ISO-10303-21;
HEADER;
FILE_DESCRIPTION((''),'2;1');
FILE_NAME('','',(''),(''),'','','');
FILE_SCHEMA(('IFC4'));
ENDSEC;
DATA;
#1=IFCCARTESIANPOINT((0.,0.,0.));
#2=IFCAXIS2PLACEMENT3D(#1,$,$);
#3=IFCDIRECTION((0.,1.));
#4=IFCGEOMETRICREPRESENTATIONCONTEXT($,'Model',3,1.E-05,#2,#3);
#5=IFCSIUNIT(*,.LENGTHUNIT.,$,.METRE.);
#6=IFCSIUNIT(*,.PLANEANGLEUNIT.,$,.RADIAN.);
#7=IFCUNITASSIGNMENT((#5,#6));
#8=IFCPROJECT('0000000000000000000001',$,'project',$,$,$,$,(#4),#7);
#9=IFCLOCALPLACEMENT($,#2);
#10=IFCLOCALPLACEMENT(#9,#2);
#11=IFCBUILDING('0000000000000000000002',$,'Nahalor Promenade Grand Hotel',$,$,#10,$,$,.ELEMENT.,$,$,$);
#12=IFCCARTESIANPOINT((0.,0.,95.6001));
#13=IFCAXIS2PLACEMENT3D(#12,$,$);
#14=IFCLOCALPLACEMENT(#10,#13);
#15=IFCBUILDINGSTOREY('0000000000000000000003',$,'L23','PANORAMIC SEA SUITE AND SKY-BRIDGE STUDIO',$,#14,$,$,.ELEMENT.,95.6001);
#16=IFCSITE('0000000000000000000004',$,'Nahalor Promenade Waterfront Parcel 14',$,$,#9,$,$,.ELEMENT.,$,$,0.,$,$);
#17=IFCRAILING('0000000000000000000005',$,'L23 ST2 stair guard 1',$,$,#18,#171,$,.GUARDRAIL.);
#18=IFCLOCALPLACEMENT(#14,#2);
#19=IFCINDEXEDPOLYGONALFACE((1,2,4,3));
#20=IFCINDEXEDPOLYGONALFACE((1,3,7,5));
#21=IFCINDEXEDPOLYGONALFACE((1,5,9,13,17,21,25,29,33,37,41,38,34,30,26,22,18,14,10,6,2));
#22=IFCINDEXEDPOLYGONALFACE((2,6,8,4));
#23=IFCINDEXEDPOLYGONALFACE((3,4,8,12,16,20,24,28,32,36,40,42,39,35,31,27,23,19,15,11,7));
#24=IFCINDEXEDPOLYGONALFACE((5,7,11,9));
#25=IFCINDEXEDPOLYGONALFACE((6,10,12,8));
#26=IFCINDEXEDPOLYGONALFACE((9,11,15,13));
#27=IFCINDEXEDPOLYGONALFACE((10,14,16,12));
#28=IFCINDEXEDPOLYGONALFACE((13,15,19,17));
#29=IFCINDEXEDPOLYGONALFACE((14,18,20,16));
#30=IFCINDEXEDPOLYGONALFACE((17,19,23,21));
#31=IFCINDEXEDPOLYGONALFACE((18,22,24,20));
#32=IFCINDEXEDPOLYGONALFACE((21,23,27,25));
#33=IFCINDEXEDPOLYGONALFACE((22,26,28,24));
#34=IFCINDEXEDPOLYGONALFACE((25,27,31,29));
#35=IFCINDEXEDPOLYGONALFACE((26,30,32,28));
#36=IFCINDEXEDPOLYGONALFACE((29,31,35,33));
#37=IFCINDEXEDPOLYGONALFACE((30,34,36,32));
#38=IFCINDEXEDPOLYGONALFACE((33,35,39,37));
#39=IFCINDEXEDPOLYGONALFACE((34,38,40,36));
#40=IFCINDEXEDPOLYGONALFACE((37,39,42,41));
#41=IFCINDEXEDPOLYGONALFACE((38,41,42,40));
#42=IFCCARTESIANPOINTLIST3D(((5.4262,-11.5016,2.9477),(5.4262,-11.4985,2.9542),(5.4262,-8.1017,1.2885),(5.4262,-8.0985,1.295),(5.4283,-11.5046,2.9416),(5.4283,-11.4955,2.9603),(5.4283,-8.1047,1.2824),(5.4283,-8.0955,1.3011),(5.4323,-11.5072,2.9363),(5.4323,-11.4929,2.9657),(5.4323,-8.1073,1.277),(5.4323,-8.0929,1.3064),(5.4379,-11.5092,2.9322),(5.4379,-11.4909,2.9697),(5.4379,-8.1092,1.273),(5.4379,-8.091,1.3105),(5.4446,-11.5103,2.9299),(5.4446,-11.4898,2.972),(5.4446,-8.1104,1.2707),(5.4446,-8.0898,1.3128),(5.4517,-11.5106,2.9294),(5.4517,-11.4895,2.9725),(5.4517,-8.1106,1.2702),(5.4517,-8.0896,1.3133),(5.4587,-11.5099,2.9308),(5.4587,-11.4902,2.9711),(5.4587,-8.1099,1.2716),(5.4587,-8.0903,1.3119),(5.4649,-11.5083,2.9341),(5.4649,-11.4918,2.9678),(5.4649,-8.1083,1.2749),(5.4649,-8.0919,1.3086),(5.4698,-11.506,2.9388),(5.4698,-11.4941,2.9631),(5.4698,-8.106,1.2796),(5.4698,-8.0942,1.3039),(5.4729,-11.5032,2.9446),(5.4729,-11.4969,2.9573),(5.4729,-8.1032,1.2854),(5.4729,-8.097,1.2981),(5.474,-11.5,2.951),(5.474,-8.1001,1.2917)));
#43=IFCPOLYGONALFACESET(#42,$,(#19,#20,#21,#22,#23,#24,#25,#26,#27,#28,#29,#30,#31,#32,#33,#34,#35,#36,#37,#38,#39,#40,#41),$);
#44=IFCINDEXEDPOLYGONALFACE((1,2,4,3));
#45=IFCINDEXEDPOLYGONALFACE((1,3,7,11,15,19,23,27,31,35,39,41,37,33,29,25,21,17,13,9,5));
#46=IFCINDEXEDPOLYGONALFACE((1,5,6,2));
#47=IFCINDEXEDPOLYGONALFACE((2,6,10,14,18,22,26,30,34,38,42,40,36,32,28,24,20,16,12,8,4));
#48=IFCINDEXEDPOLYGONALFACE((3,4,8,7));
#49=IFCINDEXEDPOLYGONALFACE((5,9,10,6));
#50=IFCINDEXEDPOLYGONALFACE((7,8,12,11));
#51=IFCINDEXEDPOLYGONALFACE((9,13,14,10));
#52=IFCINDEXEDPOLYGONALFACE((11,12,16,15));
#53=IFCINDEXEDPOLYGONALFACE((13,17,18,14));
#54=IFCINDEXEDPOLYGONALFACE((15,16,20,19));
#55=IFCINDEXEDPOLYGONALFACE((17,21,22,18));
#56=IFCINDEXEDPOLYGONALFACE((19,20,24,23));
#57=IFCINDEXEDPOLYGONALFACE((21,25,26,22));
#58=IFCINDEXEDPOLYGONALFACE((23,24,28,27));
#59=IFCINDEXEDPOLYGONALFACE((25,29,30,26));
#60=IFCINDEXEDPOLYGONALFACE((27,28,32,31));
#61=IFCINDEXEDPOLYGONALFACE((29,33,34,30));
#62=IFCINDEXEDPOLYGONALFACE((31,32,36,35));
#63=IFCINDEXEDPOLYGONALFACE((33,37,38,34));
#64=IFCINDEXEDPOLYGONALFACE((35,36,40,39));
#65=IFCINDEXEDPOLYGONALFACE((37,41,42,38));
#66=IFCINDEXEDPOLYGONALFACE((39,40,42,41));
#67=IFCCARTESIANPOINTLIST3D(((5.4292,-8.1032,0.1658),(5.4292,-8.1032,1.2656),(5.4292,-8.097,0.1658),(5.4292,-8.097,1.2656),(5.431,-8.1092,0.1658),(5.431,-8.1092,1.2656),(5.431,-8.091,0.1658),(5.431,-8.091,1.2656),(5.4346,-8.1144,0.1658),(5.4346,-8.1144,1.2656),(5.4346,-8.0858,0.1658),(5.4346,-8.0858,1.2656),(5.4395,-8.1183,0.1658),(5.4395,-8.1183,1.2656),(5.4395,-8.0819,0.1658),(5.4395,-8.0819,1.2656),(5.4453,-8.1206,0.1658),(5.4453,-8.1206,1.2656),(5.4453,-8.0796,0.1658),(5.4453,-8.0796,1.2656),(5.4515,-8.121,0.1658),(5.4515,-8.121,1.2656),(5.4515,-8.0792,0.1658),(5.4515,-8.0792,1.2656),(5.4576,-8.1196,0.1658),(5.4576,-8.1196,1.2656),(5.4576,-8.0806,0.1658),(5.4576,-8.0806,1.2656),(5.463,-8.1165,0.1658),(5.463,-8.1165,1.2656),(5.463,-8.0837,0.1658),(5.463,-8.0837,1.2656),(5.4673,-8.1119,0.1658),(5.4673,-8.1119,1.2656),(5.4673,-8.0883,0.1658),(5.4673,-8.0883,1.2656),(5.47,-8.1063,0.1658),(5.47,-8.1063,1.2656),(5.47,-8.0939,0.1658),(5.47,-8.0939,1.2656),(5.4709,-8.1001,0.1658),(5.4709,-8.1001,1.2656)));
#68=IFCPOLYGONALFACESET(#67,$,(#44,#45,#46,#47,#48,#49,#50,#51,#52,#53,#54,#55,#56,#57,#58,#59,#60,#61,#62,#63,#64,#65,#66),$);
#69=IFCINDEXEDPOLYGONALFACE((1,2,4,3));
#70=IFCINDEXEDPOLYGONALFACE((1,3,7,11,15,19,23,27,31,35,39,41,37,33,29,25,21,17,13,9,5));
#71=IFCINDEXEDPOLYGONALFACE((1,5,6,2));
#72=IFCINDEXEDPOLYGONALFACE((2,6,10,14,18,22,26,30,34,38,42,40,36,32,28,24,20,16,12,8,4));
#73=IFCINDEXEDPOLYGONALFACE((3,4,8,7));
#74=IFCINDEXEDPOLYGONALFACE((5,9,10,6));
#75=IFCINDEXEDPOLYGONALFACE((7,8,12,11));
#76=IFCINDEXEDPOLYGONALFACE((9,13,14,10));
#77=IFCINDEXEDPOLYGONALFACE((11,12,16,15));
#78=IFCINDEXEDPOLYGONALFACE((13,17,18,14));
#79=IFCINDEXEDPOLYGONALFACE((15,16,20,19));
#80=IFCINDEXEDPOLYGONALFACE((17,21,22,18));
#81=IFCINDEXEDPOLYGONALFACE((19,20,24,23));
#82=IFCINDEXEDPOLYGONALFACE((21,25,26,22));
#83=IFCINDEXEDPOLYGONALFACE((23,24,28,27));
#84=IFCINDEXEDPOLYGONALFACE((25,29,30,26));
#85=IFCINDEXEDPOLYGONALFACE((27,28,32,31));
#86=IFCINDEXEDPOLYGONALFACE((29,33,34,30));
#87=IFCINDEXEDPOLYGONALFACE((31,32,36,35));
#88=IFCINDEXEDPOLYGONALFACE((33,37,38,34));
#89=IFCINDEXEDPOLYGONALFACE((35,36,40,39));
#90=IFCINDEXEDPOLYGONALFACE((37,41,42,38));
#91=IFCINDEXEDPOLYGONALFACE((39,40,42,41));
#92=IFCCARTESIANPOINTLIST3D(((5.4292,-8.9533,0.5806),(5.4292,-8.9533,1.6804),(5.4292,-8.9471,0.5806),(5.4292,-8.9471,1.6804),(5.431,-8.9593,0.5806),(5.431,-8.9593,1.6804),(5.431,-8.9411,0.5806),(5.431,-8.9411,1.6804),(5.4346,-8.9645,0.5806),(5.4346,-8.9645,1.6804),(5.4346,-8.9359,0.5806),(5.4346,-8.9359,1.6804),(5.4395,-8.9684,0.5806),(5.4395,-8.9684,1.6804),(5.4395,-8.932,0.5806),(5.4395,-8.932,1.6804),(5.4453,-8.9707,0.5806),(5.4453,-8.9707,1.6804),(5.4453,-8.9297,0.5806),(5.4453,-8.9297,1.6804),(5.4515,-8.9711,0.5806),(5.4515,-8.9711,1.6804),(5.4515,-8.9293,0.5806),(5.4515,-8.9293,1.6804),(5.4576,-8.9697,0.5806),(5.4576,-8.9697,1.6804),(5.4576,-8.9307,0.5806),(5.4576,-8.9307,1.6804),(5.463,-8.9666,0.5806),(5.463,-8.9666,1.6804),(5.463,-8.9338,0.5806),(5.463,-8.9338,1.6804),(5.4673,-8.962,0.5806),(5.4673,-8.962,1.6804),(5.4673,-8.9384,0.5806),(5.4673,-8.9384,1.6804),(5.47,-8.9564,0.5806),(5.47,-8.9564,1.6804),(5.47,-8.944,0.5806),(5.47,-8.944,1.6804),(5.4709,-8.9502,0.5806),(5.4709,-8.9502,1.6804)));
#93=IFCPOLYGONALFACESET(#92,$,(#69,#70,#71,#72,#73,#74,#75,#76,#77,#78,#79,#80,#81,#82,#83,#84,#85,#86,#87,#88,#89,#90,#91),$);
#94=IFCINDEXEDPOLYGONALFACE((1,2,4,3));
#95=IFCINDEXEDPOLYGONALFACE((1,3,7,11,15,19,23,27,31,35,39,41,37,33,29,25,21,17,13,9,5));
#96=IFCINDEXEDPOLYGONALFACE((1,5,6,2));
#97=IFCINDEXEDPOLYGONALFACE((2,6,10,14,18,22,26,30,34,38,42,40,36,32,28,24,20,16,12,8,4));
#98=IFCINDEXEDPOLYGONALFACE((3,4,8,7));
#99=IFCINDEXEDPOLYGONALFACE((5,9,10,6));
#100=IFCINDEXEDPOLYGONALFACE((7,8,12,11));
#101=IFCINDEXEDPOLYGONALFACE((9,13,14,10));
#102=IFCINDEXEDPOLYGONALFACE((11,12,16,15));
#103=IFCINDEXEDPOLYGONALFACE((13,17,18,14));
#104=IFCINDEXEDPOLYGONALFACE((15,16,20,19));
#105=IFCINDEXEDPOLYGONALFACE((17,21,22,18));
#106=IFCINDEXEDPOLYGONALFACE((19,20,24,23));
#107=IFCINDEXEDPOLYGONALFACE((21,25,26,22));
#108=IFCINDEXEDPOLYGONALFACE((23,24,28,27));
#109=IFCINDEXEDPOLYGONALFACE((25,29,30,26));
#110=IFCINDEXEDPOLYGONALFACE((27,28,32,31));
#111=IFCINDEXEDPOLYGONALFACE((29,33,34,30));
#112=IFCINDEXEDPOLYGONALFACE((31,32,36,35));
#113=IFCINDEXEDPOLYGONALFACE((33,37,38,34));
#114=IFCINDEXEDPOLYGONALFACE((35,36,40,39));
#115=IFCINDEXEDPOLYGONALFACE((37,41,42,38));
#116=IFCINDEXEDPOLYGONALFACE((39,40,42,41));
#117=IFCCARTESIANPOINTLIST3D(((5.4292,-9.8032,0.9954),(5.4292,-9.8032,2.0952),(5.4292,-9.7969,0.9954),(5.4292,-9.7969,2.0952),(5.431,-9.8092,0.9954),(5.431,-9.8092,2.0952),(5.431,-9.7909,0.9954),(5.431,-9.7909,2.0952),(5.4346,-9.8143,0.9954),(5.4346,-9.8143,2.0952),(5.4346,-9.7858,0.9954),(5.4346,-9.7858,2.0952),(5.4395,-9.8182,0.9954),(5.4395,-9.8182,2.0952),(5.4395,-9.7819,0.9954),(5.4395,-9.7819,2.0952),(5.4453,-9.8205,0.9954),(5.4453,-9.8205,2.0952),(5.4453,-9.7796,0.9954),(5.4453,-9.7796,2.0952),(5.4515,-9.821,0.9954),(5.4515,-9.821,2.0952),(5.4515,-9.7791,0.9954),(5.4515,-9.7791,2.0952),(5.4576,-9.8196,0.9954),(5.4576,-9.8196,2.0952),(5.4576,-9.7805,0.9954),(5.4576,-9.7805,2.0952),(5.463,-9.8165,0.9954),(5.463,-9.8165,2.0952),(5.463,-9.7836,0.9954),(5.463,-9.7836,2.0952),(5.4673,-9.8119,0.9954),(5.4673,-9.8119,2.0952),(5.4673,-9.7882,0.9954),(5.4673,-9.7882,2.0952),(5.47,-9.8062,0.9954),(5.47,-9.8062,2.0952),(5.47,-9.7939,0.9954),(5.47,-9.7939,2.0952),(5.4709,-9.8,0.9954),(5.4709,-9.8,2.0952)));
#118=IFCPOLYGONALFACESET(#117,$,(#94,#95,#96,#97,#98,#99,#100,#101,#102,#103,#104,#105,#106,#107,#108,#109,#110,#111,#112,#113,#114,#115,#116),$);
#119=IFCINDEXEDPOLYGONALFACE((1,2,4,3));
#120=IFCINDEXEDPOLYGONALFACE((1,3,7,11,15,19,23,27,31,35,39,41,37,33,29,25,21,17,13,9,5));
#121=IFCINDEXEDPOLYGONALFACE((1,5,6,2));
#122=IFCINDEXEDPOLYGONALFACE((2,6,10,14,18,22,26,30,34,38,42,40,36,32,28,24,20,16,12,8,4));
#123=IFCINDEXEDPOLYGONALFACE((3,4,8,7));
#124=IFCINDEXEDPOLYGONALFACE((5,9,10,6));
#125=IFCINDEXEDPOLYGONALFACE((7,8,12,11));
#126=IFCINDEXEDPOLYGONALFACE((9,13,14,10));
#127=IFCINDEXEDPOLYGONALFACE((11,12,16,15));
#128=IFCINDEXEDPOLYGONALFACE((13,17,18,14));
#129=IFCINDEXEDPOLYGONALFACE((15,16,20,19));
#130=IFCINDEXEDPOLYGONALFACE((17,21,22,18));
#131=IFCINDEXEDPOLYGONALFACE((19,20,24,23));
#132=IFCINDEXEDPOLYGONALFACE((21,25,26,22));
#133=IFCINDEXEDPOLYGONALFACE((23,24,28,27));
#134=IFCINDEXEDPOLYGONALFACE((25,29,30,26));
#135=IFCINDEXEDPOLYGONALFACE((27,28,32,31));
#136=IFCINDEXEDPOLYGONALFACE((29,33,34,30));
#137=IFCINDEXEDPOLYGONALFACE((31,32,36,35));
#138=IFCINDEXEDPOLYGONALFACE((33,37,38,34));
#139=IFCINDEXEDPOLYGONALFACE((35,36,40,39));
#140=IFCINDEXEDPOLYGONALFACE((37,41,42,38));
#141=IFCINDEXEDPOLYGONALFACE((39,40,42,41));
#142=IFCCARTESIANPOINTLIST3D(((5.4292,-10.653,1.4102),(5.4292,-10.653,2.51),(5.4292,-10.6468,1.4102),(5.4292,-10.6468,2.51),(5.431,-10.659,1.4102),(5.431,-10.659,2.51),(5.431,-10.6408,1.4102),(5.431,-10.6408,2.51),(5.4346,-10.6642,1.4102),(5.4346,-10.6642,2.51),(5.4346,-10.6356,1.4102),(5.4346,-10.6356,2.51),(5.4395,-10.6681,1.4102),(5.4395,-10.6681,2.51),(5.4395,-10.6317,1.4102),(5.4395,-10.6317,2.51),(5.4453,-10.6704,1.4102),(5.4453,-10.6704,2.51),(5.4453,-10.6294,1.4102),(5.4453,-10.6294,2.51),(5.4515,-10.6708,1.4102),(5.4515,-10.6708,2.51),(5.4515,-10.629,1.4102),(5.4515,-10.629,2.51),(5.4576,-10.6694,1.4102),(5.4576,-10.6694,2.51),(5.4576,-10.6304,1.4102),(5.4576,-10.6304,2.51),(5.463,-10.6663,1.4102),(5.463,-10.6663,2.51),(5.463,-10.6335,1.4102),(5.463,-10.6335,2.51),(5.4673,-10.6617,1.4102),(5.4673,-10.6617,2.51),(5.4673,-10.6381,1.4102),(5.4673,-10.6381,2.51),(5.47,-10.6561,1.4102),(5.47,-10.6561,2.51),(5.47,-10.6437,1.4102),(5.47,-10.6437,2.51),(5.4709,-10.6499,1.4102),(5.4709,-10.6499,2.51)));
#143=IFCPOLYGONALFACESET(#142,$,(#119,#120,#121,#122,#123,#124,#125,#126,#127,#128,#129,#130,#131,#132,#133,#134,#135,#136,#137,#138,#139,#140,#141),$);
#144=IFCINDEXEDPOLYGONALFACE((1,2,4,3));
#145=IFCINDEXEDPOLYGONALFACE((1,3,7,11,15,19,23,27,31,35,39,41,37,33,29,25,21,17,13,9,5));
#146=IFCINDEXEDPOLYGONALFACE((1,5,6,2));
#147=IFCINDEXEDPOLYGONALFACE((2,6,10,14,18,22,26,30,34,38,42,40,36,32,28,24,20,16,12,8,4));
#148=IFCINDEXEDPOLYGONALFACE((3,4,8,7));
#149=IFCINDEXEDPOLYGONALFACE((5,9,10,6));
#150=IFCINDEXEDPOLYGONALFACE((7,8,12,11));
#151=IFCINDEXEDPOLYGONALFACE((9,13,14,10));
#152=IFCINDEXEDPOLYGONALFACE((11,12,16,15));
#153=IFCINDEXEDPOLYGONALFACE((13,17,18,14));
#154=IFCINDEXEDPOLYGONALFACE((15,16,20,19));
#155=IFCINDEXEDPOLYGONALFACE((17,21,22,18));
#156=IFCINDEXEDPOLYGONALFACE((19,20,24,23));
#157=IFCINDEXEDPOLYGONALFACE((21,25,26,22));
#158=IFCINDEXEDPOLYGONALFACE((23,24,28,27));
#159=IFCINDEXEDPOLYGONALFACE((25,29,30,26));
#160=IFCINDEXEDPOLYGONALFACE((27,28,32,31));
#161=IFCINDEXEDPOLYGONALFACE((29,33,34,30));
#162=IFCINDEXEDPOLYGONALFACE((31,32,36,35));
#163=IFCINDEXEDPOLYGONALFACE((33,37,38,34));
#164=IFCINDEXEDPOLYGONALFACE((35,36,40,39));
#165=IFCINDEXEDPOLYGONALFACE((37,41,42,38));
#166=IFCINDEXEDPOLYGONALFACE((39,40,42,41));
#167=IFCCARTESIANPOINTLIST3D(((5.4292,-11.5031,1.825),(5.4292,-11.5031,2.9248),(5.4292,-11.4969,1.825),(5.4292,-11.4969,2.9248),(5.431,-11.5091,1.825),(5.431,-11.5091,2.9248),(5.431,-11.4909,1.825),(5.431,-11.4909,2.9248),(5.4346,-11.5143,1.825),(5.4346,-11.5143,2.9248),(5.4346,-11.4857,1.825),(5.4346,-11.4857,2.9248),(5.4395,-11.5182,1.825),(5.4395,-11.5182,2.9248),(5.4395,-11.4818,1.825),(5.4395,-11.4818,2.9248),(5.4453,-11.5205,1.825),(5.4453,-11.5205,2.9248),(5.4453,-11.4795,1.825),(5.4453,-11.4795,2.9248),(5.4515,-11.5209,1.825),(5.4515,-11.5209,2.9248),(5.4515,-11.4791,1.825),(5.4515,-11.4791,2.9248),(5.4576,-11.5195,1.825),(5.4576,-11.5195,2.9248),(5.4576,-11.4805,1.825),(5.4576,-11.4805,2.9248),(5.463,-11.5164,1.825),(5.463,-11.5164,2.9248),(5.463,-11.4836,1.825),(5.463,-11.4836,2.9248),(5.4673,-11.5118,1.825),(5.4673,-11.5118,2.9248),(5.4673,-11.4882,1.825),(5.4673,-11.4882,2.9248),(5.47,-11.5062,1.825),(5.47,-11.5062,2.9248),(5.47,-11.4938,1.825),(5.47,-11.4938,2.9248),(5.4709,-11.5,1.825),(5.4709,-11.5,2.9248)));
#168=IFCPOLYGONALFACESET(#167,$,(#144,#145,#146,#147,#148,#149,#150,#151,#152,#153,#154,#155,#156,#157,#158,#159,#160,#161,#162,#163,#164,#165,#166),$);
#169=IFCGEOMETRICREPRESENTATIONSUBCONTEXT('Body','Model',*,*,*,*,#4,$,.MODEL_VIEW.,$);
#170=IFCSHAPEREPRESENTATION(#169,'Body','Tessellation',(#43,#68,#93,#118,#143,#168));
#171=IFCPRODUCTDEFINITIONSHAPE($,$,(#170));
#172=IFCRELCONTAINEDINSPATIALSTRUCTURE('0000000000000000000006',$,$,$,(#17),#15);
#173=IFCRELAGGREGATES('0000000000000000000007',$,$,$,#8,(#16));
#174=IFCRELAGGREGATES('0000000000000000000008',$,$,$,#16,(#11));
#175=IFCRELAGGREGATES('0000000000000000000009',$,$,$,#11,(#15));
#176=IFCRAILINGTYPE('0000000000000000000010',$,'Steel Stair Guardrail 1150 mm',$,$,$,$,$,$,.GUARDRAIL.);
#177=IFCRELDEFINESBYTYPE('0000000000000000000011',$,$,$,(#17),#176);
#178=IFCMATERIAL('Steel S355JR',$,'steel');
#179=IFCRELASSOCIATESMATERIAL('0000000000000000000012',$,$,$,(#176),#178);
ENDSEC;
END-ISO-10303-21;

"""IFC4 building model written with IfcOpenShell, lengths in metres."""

from ifc_helpers import new_model, si_unit, direction, frame, origin, origin_2d, place, context, subcontext, project, spatial, circle, extrude, material, type_object, element, save


model = new_model("IFC4")

# Units and contexts
model_context = context("Model", 3, precision=1e-05, world=origin(), true_north=direction((0.0, 1.0)))
body_context = subcontext(model_context, "Body", "Model", "MODEL_VIEW")
ifc_project = project(units=[si_unit("LENGTHUNIT", "METRE"), si_unit("PLANEANGLEUNIT", "RADIAN")], contexts=[model_context])

# Site, building, storey
site_placement = place(None, origin())
site = spatial("IfcSite", under=ifc_project, at=site_placement, Name="Nahalor Promenade Waterfront Parcel 14", CompositionType="ELEMENT", RefElevation=0.0)
building_placement = place(site_placement, origin())
building = spatial("IfcBuilding", under=site, at=building_placement, Name="Nahalor Promenade Grand Hotel", CompositionType="ELEMENT")
storey_placement = place(building_placement, frame((0.0, 0.0, 95.6001)))
storey = spatial("IfcBuildingStorey", under=building, at=storey_placement, Name="L23", Description="PANORAMIC SEA SUITE AND SKY-BRIDGE STUDIO", CompositionType="ELEMENT", Elevation=95.6001)

# Shared definitions
ifc_material_1 = material(Name="Steel S355JR", Category="steel")

# Railing
railing_type_1 = type_object("IfcRailingType", Name="Steel Stair Guardrail 1150 mm", PredefinedType="GUARDRAIL", material=ifc_material_1)
railing_1_placement = place(storey_placement, frame((5.45, -8.1001, 0.1658)))
element("IfcRailing", 1, at=railing_1_placement, inside=storey, type_object=railing_type_1, Name="L23 ST2 stair guard 1", PredefinedType="GUARDRAIL", context=body_context, shape_type="SweptSolid", body=[
    extrude(circle(Radius=0.024, at=origin_2d()), frame((0.0, 0.0, 1.126), z_axis=(0.0, -0.898696, 0.438571), x_axis=(1.0, 0.0, 0.0)), (0.0, 0.0, 1.0), 3.7832),
    extrude(circle(Radius=0.021, at=origin_2d()), origin(), (0.0, 0.0, 1.0), 1.0999),
    extrude(circle(Radius=0.021, at=origin_2d()), frame((0.0, -0.8501, 0.4148)), (0.0, 0.0, 1.0), 1.0999),
    extrude(circle(Radius=0.021, at=origin_2d()), frame((0.0, -1.7, 0.8296)), (0.0, 0.0, 1.0), 1.0999),
    extrude(circle(Radius=0.021, at=origin_2d()), frame((0.0, -2.5498, 1.2444)), (0.0, 0.0, 1.0), 1.0999),
    extrude(circle(Radius=0.021, at=origin_2d()), frame((0.0, -3.3999, 1.6592)), (0.0, 0.0, 1.0), 1.0999),
])

save(model, "model.ifc")
